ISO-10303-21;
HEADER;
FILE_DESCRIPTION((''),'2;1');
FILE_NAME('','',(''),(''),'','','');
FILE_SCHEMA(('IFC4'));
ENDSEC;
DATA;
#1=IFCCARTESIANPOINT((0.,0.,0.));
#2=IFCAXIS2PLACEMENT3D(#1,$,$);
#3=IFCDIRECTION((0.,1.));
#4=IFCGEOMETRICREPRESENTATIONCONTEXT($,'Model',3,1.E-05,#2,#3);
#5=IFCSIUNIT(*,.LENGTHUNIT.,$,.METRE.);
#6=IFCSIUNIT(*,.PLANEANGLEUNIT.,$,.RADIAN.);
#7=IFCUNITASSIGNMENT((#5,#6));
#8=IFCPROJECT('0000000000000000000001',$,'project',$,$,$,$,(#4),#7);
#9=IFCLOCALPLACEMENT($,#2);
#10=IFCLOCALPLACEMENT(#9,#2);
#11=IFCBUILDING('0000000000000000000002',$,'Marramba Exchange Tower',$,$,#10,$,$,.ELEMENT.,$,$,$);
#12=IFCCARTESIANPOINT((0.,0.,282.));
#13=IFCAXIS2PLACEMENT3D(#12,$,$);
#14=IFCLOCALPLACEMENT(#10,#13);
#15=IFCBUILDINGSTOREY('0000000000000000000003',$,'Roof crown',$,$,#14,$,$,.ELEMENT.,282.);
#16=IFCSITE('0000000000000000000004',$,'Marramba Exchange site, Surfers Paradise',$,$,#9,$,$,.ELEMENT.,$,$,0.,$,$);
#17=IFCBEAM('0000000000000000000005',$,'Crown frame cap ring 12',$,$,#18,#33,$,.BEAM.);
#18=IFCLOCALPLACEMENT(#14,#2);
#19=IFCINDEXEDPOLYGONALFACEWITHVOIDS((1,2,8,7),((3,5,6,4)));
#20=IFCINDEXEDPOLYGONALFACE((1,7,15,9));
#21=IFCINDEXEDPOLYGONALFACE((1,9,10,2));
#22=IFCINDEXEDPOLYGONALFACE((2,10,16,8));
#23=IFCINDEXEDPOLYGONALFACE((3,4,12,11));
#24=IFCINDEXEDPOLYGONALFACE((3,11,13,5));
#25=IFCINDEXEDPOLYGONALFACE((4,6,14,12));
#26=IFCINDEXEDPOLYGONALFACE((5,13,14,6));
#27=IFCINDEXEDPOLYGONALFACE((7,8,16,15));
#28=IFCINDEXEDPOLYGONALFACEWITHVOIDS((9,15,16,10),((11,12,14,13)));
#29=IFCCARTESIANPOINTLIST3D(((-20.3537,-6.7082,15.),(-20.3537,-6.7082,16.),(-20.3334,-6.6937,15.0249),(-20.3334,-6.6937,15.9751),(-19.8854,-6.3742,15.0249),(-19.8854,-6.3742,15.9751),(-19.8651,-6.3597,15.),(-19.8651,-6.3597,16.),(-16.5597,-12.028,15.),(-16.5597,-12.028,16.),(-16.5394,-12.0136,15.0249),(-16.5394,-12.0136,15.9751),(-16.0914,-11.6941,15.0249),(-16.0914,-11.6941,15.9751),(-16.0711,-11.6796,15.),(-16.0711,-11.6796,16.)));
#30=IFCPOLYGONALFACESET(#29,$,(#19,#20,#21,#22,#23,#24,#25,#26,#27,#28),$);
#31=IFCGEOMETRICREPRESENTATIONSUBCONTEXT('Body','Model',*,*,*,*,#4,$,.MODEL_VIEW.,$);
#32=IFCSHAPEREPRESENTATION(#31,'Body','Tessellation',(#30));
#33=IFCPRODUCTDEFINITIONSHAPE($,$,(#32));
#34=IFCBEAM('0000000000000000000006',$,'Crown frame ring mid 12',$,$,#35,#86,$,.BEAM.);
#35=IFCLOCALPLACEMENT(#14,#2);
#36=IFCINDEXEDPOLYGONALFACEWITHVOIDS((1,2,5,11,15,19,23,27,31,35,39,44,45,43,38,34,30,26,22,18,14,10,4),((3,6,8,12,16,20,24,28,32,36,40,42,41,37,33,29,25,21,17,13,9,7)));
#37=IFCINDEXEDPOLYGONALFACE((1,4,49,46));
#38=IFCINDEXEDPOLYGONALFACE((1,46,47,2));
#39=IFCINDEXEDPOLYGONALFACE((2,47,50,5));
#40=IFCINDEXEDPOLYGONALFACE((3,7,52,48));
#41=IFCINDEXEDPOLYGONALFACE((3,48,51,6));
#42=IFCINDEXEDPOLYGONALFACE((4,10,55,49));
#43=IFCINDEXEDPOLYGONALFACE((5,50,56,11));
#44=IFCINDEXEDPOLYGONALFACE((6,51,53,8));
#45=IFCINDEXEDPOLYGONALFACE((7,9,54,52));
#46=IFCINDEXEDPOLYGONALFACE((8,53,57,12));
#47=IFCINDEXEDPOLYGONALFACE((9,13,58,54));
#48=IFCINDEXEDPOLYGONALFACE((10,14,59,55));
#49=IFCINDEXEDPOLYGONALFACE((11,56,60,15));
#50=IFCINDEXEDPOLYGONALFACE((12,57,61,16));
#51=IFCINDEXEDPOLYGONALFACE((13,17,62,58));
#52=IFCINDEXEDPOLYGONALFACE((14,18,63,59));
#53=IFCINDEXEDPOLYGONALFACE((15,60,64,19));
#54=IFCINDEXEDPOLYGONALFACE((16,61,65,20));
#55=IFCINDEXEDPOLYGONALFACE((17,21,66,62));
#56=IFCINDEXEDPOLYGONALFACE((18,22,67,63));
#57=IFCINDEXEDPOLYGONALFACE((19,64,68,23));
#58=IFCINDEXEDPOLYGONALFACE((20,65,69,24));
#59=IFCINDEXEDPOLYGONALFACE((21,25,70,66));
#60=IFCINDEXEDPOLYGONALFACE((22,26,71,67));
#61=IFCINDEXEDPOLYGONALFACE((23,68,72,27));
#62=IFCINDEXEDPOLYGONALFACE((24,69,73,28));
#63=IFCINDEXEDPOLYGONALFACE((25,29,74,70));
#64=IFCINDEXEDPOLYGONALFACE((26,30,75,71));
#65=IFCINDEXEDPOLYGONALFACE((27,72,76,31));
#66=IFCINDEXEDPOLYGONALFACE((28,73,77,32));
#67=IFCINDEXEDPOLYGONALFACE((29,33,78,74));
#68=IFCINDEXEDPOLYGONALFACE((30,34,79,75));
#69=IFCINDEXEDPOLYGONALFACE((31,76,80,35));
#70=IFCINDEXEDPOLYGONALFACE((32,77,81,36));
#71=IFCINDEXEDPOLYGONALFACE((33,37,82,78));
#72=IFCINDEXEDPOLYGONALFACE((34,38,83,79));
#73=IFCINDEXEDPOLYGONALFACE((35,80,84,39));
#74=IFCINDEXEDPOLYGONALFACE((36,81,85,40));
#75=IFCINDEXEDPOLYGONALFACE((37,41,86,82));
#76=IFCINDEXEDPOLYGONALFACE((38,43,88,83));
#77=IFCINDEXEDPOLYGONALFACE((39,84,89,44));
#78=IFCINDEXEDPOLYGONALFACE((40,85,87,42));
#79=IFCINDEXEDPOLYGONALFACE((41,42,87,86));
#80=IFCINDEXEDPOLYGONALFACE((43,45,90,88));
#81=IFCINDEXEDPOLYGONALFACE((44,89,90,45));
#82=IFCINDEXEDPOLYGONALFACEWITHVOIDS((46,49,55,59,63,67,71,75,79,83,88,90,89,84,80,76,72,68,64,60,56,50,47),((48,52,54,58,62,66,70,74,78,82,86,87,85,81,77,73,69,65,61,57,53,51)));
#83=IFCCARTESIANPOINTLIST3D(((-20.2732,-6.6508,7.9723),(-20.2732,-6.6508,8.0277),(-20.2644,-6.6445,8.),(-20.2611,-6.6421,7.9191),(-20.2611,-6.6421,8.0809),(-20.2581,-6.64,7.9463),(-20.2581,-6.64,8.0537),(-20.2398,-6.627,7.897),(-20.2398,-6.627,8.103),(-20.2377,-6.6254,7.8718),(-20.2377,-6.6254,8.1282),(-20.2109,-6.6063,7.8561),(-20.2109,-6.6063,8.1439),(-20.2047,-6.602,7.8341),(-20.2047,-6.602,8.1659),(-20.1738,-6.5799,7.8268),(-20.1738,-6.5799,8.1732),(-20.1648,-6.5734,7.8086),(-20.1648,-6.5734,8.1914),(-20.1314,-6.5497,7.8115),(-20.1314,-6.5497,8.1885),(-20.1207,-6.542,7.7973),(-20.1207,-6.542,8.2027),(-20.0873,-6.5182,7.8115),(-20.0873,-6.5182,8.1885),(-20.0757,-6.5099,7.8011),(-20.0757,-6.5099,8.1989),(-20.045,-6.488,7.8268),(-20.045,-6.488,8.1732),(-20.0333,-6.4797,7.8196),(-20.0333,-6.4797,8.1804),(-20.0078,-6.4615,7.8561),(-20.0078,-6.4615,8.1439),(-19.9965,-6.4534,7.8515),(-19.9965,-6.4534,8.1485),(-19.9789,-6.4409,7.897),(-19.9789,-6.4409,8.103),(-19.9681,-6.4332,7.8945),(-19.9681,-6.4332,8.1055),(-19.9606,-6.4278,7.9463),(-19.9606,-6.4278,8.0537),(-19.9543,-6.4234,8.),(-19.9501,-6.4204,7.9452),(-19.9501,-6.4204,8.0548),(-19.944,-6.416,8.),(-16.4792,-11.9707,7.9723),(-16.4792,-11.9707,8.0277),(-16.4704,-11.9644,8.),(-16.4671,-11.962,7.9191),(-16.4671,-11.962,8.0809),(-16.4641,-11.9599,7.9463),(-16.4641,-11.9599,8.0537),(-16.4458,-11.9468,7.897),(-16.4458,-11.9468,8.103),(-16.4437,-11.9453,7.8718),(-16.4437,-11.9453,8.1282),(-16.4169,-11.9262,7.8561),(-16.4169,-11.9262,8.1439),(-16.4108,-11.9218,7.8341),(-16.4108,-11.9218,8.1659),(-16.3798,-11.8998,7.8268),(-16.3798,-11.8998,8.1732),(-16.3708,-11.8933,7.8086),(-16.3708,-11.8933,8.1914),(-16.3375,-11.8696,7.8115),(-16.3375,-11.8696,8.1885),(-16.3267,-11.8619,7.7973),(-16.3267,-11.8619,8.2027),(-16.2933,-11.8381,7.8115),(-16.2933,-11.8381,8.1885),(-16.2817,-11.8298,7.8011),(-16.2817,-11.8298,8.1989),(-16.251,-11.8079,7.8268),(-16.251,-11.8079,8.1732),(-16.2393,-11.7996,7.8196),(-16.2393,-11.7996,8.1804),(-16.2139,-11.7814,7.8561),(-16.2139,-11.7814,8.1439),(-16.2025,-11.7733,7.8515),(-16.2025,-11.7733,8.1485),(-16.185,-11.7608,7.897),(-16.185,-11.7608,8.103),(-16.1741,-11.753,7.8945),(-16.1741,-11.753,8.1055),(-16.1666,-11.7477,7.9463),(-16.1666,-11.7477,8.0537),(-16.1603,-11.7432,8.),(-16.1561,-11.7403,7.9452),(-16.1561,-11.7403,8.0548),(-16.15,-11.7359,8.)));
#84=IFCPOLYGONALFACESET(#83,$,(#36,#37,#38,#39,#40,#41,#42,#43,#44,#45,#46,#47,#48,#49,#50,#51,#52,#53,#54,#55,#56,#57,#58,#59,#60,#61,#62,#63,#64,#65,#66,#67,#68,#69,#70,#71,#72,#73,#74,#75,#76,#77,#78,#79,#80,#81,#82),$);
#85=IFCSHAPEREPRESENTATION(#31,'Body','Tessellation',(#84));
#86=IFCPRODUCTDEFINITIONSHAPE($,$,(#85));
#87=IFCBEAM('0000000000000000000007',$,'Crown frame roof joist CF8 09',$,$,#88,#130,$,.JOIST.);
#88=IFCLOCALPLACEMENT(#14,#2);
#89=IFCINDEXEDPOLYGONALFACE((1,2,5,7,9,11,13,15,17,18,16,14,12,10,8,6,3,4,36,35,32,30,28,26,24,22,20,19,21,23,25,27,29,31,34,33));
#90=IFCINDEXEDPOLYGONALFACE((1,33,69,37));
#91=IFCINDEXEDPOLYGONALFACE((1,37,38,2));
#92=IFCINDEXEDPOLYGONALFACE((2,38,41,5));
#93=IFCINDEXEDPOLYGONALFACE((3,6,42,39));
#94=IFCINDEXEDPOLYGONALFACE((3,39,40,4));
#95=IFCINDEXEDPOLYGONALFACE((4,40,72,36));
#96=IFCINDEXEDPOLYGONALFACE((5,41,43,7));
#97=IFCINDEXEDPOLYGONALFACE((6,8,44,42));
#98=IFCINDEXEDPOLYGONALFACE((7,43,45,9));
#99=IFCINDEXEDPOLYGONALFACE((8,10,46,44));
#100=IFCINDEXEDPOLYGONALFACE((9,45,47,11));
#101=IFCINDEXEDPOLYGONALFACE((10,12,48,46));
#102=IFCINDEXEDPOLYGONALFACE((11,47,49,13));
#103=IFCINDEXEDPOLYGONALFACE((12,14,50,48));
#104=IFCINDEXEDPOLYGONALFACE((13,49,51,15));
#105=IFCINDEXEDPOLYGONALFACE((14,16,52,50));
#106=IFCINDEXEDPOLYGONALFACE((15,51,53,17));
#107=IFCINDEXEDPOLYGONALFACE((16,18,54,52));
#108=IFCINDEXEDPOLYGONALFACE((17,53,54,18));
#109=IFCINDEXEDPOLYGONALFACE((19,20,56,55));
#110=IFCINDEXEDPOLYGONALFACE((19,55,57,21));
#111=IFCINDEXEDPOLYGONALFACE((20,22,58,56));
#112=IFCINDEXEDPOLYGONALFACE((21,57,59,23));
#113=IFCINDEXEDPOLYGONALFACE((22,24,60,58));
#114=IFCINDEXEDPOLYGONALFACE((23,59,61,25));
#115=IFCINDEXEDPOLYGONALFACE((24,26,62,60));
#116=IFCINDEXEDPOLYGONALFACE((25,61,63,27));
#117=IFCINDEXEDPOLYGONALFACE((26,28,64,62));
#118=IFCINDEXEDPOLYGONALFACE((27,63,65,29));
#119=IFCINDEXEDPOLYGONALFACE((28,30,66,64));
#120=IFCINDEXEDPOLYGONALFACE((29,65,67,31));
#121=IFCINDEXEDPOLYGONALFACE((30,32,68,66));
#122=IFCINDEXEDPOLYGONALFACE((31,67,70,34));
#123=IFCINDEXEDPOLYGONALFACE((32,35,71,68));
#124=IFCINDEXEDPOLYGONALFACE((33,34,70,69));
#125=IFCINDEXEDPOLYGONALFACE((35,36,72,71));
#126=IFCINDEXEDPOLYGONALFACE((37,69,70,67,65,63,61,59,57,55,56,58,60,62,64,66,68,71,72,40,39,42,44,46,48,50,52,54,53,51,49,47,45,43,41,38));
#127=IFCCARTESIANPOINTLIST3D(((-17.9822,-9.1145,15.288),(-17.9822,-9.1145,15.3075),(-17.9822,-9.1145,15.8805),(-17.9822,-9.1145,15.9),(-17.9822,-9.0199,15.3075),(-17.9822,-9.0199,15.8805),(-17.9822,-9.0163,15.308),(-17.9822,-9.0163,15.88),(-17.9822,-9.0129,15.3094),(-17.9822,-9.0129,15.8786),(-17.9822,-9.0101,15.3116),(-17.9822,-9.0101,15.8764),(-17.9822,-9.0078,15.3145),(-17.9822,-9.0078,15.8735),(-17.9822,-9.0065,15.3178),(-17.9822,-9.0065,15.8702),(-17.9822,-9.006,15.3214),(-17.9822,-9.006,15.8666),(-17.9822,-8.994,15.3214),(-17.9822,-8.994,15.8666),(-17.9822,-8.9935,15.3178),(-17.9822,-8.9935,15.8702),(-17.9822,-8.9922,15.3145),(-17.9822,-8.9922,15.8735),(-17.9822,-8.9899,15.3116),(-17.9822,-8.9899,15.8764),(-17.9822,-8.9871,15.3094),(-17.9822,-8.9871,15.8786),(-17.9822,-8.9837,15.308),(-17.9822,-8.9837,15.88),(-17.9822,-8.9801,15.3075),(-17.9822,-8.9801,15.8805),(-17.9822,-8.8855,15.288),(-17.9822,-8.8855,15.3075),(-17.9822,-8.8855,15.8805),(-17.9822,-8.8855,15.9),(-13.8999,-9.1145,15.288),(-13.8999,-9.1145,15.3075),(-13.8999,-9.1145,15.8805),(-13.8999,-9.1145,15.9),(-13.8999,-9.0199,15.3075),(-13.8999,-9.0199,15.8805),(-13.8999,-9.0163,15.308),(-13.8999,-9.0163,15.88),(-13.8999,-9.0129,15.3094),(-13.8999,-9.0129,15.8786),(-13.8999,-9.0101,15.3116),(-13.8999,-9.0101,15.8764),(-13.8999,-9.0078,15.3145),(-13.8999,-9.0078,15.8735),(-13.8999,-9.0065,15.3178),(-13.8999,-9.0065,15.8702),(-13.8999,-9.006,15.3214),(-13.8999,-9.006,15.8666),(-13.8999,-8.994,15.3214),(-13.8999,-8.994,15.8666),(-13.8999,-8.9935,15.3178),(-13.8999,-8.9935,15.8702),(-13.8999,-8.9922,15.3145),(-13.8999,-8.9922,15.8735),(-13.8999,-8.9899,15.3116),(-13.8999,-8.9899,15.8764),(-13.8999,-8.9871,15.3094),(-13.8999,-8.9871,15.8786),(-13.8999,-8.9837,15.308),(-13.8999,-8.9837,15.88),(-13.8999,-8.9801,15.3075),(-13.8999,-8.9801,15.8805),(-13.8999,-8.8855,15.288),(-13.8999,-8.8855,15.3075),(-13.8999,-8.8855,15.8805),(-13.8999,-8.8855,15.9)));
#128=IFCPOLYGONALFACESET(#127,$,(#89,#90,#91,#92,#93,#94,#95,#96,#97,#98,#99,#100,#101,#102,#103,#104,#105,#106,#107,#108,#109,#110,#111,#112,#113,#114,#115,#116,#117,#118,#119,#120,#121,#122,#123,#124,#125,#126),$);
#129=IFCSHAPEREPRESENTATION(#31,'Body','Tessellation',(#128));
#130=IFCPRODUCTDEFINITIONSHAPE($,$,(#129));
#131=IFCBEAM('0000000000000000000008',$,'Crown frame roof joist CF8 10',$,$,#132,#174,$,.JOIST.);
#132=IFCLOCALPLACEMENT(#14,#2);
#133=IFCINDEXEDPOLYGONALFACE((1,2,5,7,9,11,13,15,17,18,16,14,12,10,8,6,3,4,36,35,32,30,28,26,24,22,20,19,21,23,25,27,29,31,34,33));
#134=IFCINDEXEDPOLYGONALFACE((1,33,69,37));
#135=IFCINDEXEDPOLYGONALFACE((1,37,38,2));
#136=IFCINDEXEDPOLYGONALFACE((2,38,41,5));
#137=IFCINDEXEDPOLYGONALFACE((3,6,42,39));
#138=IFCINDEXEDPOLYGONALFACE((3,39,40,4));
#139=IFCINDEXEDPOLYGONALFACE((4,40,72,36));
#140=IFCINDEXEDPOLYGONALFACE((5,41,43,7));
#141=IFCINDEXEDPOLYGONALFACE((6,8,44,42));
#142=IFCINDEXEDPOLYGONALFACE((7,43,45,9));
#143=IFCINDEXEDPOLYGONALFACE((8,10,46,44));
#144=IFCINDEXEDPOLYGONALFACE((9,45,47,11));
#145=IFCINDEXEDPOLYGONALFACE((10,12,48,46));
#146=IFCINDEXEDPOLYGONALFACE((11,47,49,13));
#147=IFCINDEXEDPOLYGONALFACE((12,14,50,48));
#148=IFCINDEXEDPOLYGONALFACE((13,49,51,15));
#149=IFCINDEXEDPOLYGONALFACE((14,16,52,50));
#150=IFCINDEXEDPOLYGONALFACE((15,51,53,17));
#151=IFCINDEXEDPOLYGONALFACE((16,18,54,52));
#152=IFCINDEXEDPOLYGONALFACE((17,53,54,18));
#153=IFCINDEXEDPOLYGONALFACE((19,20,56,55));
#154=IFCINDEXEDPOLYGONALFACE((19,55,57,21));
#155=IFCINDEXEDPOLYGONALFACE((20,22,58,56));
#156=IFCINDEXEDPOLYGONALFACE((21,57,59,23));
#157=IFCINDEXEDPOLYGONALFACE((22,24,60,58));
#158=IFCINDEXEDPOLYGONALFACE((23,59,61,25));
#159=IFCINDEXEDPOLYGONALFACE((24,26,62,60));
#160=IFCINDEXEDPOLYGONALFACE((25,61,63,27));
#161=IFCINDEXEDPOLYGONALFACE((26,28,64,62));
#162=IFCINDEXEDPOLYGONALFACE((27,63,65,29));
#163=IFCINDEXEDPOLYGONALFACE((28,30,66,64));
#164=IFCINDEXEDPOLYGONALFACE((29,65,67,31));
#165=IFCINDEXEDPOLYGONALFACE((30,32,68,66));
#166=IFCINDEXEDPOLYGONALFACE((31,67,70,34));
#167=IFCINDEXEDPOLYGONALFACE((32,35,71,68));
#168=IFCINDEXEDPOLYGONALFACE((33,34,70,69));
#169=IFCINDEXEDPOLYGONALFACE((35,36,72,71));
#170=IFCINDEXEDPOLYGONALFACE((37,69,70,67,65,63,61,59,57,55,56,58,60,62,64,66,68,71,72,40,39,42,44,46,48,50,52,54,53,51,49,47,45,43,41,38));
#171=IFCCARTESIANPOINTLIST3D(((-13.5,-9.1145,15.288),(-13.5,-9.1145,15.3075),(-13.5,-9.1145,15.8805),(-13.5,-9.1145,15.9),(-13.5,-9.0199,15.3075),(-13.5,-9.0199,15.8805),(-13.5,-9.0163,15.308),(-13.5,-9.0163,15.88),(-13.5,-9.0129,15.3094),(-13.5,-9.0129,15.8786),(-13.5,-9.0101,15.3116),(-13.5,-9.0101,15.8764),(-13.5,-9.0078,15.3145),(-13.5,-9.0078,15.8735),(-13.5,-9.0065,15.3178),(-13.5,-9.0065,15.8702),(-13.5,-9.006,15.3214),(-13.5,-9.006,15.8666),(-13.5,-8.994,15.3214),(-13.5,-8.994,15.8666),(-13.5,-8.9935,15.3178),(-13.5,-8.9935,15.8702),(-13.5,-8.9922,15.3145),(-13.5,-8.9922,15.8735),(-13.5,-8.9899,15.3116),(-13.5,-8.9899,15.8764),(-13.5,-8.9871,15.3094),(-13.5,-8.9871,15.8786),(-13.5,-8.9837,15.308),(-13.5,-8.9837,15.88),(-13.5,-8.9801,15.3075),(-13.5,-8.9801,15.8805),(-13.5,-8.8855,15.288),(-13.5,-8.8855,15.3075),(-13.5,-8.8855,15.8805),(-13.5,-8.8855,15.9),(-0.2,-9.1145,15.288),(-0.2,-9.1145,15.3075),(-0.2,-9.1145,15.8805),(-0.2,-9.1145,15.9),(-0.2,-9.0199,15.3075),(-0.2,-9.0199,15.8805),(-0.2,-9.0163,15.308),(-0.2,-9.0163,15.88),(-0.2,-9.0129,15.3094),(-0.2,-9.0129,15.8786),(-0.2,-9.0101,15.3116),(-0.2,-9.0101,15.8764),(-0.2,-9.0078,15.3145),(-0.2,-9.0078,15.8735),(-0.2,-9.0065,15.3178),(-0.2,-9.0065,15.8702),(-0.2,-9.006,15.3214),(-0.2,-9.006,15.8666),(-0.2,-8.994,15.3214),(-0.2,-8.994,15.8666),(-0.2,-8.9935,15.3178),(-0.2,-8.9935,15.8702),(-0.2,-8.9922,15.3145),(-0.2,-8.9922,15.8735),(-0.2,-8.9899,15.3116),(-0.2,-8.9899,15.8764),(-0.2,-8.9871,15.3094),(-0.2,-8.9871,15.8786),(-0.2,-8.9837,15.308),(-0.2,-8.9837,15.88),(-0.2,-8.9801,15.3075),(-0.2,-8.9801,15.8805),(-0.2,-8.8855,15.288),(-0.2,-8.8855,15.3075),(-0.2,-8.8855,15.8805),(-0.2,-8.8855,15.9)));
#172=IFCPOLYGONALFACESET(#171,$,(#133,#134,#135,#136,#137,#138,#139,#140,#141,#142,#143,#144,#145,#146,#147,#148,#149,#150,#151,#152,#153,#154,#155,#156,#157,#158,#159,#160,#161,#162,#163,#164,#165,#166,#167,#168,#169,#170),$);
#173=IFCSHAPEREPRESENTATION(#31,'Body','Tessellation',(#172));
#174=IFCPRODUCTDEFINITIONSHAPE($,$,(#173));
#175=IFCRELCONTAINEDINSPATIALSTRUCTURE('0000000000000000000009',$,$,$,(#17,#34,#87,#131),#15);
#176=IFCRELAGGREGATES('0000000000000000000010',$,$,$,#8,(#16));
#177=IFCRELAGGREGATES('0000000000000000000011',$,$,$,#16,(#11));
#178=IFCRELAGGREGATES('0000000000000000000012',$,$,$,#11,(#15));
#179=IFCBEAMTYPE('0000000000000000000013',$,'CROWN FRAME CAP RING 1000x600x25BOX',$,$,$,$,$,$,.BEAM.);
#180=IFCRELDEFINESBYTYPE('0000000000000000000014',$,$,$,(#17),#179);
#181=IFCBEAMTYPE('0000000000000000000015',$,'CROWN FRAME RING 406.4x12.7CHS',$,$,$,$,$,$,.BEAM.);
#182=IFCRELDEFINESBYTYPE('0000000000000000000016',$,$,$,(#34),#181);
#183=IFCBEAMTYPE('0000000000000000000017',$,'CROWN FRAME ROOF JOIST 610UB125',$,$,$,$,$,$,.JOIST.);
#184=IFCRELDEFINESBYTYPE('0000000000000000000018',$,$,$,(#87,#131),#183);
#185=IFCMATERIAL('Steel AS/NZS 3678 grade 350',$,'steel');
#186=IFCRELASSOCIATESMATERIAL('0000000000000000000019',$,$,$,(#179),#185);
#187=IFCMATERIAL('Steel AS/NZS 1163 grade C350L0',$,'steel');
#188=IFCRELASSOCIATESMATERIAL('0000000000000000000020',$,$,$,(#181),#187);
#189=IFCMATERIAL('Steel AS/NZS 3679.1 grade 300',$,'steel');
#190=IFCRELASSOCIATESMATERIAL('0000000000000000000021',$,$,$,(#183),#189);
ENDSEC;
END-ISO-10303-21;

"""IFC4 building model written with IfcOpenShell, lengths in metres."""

from ifc_helpers import new_model, si_unit, direction, frame, origin, origin_2d, place, context, subcontext, project, spatial, hollow_rectangle, hollow_circle, i_section, extrude, material, material_profile, profile_set, type_object, element, save


model = new_model("IFC4")

# Units and contexts
model_context = context("Model", 3, precision=1e-05, world=origin(), true_north=direction((0.0, 1.0)))
body_context = subcontext(model_context, "Body", "Model", "MODEL_VIEW")
ifc_project = project(units=[si_unit("LENGTHUNIT", "METRE"), si_unit("PLANEANGLEUNIT", "RADIAN")], contexts=[model_context])

# Site, building, storey
site_placement = place(None, origin())
site = spatial("IfcSite", under=ifc_project, at=site_placement, Name="Marramba Exchange site, Surfers Paradise", CompositionType="ELEMENT", RefElevation=0.0)
building_placement = place(site_placement, origin())
building = spatial("IfcBuilding", under=site, at=building_placement, Name="Marramba Exchange Tower", CompositionType="ELEMENT")
storey_placement = place(building_placement, frame((0.0, 0.0, 282.0)))
storey = spatial("IfcBuildingStorey", under=building, at=storey_placement, Name="Roof crown", CompositionType="ELEMENT", Elevation=282.0)

# Beams
ifc_material_1 = material(Name="Steel AS/NZS 3678 grade 350", Category="steel")
ifc_material_profile_1 = material_profile(ifc_material_1, hollow_rectangle(XDim=0.6001, YDim=1.0, WallThickness=0.0249, at=origin_2d()), Name="1000x600x25BOX")
ifc_profile_set_1 = profile_set([ifc_material_profile_1], Name="Steel AS/NZS 3678 grade 350")
beam_type_1 = type_object("IfcBeamType", Name="CROWN FRAME CAP RING 1000x600x25BOX", PredefinedType="BEAM", material=ifc_profile_set_1)
beam_1_placement = place(storey_placement, frame((-20.1094, -6.5339, 15.5), z_axis=(0.580637, -0.814162, 0.0), x_axis=(0.814162, 0.580637, 0.0)))
element("IfcBeam", 1, at=beam_1_placement, inside=storey, type_object=beam_type_1, Name="Crown frame cap ring 12", PredefinedType="BEAM", context=body_context, shape_type="SweptSolid", body=[
    extrude(hollow_rectangle(XDim=0.6001, YDim=1.0, WallThickness=0.0249, at=origin_2d()), origin(), (0.0, 0.0, 1.0), 6.5342),
])
ifc_material_2 = material(Name="Steel AS/NZS 1163 grade C350L0", Category="steel")
ifc_material_profile_2 = material_profile(ifc_material_2, hollow_circle(Radius=0.2031, WallThickness=0.0127, at=origin_2d()), Name="406.4x12.7CHS")
ifc_profile_set_2 = profile_set([ifc_material_profile_2], Name="Steel AS/NZS 1163 grade C350L0")
beam_type_2 = type_object("IfcBeamType", Name="CROWN FRAME RING 406.4x12.7CHS", PredefinedType="BEAM", material=ifc_profile_set_2)
beam_2_placement = place(storey_placement, frame((-20.1094, -6.5339, 8.0), z_axis=(0.580637, -0.814162, 0.0), x_axis=(0.814162, 0.580637, 0.0)))
element("IfcBeam", 2, at=beam_2_placement, inside=storey, type_object=beam_type_2, Name="Crown frame ring mid 12", PredefinedType="BEAM", context=body_context, shape_type="SweptSolid", body=[
    extrude(hollow_circle(Radius=0.2031, WallThickness=0.0127, at=origin_2d()), origin(), (0.0, 0.0, 1.0), 6.5342),
])
ifc_material_3 = material(Name="Steel AS/NZS 3679.1 grade 300", Category="steel")
ifc_material_profile_3 = material_profile(ifc_material_3, i_section(OverallWidth=0.229, OverallDepth=0.6121, WebThickness=0.012, FlangeThickness=0.0195, FilletRadius=0.0139, at=origin_2d()), Name="610UB125")
ifc_profile_set_3 = profile_set([ifc_material_profile_3], Name="Steel AS/NZS 3679.1 grade 300")
beam_type_3 = type_object("IfcBeamType", Name="CROWN FRAME ROOF JOIST 610UB125", PredefinedType="JOIST", material=ifc_profile_set_3)
beam_3_placement = place(storey_placement, frame((-17.9822, -9.0, 15.594), z_axis=(1.0, 0.0, 0.0), x_axis=(0.0, 1.0, 0.0)))
element("IfcBeam", 3, at=beam_3_placement, inside=storey, type_object=beam_type_3, Name="Crown frame roof joist CF8 09", PredefinedType="JOIST", context=body_context, shape_type="SweptSolid", body=[
    extrude(i_section(OverallWidth=0.229, OverallDepth=0.6121, WebThickness=0.012, FlangeThickness=0.0195, FilletRadius=0.0139, at=origin_2d()), origin(), (0.0, 0.0, 1.0), 4.0823),
])
beam_4_placement = place(storey_placement, frame((-13.5, -9.0, 15.594), z_axis=(1.0, 0.0, 0.0), x_axis=(0.0, 1.0, 0.0)))
element("IfcBeam", 4, at=beam_4_placement, inside=storey, type_object=beam_type_3, Name="Crown frame roof joist CF8 10", PredefinedType="JOIST", context=body_context, shape_type="SweptSolid", body=[
    extrude(i_section(OverallWidth=0.229, OverallDepth=0.6121, WebThickness=0.012, FlangeThickness=0.0195, FilletRadius=0.0139, at=origin_2d()), origin(), (0.0, 0.0, 1.0), 13.3),
])

save(model, "model.ifc")
